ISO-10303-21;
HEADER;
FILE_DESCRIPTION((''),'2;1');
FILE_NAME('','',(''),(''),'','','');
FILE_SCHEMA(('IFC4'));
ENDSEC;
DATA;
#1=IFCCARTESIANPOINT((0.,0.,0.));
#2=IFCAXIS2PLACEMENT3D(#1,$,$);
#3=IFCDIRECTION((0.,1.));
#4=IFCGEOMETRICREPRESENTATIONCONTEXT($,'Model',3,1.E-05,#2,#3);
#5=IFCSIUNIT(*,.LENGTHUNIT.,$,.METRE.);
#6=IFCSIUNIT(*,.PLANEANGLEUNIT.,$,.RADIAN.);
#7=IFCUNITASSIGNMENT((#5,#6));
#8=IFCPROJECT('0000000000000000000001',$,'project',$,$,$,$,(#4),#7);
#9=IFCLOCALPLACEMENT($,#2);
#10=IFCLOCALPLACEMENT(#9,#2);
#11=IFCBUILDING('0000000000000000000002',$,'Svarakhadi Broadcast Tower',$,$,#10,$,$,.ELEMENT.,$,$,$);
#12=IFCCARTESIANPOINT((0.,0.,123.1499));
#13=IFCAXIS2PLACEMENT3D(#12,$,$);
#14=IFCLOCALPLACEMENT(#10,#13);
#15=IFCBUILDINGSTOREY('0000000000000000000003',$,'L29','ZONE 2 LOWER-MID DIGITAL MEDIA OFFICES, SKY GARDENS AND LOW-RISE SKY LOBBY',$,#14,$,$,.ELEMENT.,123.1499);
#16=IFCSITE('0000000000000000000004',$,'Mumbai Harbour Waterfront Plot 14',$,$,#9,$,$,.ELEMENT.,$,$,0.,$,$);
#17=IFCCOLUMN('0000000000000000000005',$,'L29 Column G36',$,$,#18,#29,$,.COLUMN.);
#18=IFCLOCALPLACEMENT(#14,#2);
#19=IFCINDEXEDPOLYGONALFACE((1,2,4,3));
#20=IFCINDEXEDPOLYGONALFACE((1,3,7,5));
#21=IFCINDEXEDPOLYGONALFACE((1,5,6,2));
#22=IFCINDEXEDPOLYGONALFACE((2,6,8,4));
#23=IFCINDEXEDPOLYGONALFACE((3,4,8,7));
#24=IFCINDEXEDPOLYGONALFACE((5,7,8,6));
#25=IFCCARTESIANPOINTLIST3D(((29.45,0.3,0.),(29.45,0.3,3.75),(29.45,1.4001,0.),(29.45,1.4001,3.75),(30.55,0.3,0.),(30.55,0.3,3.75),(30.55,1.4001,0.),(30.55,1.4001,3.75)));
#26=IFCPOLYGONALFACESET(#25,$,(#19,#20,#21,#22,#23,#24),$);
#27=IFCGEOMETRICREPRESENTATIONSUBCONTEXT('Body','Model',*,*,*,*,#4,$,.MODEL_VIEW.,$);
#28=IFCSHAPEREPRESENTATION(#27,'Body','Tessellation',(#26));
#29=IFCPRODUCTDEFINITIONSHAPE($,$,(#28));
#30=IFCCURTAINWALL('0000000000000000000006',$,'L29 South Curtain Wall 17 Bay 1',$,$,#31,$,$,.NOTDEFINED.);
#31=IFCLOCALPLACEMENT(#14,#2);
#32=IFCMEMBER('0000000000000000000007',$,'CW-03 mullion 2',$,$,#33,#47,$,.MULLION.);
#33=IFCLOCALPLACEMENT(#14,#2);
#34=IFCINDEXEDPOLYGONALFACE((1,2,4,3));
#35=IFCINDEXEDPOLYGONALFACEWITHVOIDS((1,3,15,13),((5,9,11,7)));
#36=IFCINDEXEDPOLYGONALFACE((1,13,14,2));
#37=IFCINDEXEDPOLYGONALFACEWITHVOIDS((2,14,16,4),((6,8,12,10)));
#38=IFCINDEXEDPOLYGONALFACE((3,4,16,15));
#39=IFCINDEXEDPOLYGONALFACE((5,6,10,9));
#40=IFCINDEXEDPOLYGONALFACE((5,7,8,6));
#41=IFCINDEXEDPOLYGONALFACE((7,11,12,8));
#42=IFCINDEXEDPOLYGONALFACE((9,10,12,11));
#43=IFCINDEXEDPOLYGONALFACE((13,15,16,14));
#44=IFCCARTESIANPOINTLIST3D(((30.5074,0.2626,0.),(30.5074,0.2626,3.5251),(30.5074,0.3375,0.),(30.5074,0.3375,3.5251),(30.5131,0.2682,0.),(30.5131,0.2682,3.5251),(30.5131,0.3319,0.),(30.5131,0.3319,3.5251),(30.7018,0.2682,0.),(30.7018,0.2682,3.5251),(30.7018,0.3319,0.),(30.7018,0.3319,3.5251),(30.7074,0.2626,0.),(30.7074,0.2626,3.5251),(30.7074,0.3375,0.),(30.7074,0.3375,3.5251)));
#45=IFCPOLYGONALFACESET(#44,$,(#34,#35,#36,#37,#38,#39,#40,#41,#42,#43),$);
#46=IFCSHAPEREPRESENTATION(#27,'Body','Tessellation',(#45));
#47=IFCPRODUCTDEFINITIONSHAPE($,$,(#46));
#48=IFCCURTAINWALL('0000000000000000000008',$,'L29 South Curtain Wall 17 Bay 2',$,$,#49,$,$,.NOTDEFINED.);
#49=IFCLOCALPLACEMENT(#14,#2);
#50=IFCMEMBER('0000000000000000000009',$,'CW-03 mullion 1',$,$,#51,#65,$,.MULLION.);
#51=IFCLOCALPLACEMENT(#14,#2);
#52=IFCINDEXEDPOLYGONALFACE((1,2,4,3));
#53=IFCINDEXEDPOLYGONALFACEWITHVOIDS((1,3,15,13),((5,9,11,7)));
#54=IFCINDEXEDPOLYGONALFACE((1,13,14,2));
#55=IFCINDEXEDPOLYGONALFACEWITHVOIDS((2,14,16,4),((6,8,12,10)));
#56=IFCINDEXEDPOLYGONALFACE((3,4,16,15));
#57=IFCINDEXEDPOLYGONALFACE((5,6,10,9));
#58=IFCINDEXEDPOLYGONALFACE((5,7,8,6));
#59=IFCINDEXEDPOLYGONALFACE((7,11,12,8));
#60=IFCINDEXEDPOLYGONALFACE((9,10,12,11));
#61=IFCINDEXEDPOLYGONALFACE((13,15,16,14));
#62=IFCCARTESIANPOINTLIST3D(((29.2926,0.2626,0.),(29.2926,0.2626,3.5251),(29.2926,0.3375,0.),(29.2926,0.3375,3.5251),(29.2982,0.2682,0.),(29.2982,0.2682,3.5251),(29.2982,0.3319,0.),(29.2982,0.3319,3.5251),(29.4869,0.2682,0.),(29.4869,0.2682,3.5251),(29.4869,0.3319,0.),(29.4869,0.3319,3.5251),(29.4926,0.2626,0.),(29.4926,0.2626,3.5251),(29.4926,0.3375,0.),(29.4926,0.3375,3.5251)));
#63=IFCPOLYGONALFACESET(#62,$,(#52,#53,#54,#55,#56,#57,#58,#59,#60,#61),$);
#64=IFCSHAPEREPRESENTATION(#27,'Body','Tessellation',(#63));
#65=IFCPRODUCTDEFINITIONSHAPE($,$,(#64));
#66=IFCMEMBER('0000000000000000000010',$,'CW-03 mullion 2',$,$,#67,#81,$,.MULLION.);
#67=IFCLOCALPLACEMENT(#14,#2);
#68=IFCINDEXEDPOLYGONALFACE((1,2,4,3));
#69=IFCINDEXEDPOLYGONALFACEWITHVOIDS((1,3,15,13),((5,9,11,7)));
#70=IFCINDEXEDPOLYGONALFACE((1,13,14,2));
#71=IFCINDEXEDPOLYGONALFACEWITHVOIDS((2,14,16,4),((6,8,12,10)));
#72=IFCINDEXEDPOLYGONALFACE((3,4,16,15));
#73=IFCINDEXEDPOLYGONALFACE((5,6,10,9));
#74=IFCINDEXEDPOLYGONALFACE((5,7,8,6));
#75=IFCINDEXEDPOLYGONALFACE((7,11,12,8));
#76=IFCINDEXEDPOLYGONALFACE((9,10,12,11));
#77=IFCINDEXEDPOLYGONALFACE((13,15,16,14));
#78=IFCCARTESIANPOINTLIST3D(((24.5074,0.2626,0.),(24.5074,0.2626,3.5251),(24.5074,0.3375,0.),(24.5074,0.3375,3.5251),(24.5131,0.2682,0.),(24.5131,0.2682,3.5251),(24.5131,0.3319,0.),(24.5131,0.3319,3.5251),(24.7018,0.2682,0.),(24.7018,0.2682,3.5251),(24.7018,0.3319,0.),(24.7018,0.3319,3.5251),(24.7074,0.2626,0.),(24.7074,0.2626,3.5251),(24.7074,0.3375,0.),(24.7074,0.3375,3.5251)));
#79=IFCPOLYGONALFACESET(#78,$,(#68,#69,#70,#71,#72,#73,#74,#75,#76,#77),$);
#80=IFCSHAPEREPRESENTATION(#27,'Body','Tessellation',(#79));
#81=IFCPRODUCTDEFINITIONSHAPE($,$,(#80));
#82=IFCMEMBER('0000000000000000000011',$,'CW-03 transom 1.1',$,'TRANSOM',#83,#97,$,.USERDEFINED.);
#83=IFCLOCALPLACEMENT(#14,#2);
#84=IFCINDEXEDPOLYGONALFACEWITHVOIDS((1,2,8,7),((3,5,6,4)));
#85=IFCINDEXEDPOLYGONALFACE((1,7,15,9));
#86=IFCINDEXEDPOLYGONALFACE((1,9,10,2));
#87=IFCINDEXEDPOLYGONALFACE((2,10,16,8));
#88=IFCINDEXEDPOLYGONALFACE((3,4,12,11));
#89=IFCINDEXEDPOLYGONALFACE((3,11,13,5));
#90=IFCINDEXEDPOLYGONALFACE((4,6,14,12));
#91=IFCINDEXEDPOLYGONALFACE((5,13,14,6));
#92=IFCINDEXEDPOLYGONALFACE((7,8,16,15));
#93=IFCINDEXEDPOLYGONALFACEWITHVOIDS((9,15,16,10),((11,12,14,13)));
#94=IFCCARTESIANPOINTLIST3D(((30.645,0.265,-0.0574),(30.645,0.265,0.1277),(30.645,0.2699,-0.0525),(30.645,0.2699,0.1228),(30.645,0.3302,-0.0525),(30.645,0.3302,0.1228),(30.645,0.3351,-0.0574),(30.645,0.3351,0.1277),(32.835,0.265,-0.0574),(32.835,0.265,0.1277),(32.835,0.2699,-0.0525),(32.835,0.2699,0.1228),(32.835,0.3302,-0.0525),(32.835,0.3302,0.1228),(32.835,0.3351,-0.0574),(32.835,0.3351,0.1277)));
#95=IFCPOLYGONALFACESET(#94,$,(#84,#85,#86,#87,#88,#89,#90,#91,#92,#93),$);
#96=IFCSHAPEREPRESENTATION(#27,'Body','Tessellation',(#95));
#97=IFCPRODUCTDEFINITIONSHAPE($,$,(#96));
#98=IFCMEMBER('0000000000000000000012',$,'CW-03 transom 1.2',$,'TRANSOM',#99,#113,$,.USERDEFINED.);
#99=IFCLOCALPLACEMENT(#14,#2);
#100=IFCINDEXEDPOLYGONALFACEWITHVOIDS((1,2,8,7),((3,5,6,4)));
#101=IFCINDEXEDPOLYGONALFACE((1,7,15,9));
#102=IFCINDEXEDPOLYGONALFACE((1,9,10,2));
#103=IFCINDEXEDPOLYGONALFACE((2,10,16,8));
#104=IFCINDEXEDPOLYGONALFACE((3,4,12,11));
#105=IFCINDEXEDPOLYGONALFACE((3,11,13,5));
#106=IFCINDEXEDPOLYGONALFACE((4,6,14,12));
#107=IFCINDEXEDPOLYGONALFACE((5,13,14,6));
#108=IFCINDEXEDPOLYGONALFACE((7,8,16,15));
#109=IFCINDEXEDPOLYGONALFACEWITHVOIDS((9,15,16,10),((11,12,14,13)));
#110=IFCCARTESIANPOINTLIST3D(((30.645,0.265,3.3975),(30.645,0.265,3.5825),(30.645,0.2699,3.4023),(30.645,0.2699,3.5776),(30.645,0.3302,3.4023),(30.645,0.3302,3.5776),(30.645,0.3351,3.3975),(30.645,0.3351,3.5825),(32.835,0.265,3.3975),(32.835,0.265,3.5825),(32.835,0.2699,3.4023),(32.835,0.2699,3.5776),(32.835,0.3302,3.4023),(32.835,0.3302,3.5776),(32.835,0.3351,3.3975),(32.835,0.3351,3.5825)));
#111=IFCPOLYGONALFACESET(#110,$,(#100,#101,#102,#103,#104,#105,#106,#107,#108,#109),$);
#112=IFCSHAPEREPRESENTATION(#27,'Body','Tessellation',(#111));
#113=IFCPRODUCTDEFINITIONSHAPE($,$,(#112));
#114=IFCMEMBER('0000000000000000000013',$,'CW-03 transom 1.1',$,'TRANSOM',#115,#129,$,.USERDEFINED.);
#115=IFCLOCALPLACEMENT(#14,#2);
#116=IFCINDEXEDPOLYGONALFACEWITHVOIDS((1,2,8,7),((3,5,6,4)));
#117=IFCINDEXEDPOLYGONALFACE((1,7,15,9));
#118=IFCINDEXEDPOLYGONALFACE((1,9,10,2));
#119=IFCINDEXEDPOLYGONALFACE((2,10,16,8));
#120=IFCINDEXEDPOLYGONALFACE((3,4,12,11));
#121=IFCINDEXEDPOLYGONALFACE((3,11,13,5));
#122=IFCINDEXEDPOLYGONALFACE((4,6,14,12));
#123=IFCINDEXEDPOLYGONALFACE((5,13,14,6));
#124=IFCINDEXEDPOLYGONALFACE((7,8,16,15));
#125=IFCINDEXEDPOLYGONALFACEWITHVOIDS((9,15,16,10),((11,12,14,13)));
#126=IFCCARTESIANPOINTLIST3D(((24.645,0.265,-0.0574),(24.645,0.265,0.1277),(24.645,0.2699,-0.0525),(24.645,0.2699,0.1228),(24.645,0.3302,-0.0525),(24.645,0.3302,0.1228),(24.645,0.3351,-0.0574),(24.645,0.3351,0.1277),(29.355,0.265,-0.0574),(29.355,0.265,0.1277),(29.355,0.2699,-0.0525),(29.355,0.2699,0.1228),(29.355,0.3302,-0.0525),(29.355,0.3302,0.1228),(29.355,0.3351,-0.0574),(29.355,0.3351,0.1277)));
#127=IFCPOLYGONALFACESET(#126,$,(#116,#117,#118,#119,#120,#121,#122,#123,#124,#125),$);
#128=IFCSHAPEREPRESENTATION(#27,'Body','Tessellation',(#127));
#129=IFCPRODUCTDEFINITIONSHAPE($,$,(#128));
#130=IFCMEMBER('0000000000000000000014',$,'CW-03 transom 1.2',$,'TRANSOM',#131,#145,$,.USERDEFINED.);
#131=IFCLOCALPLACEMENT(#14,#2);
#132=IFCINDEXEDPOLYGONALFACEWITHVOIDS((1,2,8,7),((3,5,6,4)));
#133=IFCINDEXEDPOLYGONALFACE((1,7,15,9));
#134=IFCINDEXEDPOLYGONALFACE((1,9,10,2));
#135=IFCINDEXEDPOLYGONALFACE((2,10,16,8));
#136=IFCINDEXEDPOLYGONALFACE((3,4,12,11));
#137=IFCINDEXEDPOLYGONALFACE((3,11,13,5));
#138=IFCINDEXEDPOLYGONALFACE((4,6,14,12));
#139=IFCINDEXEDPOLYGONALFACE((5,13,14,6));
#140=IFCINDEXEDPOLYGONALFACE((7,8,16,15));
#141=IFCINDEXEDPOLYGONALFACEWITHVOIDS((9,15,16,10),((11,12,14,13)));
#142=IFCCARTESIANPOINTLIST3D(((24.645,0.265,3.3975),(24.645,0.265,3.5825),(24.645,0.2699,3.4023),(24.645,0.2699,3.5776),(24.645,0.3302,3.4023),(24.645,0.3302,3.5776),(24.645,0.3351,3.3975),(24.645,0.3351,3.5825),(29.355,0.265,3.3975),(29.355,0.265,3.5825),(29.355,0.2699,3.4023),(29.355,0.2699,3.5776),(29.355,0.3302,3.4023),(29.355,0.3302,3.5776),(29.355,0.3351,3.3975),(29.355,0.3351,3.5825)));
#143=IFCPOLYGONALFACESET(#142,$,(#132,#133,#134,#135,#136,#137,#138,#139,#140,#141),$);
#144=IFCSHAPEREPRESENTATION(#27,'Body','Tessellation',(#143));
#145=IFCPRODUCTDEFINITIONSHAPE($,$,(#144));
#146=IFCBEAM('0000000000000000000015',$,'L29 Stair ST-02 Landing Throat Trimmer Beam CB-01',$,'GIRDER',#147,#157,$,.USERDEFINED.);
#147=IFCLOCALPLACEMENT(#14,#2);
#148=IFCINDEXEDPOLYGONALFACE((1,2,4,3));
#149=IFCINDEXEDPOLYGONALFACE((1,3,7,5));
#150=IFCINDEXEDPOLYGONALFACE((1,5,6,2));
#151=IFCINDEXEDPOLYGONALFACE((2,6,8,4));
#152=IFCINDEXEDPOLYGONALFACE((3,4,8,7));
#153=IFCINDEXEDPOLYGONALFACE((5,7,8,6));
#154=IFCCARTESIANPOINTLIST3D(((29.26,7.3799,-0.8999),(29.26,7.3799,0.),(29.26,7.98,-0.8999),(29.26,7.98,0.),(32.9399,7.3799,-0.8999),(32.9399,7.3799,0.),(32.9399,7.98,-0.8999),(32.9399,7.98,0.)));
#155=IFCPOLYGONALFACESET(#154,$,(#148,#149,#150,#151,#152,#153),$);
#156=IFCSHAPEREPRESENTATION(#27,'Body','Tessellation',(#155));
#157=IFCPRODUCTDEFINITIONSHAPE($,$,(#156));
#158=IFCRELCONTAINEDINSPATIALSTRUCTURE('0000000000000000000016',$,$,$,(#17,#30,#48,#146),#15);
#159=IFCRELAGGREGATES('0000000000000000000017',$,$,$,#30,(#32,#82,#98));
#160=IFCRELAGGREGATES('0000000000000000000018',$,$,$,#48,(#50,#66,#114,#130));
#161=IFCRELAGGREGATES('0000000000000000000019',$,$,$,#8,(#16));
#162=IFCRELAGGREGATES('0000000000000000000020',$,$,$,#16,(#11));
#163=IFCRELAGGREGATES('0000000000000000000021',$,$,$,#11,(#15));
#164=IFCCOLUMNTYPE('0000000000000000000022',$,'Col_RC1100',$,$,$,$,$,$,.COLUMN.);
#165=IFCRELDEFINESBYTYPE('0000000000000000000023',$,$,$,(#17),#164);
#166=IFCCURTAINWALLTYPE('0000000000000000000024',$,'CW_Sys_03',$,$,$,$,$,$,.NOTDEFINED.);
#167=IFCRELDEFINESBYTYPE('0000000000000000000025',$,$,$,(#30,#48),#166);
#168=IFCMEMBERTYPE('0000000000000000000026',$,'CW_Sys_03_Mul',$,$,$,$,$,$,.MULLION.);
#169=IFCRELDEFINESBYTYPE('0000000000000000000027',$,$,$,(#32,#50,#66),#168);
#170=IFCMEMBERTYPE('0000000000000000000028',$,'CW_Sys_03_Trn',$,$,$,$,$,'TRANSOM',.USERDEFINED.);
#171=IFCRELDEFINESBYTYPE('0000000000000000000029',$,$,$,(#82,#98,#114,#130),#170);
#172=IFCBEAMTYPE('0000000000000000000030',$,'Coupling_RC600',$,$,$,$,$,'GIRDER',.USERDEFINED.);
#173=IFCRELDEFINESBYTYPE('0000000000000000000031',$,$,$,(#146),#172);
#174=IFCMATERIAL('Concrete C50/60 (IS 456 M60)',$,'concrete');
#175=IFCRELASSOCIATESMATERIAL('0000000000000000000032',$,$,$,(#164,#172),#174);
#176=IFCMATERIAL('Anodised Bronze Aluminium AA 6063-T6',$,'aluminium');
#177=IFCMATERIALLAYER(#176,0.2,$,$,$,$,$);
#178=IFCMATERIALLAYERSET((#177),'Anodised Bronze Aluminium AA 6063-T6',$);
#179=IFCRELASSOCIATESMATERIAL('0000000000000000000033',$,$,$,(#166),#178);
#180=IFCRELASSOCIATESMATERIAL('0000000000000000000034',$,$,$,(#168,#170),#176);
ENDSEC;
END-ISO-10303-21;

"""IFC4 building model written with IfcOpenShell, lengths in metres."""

from ifc_helpers import new_model, si_unit, direction, frame, origin, origin_2d, place, context, subcontext, project, spatial, rectangle, hollow_rectangle, extrude, material, layer, layer_set, material_profile, profile_set, type_object, element, aggregate, save


model = new_model("IFC4")

# Units and contexts
model_context = context("Model", 3, precision=1e-05, world=origin(), true_north=direction((0.0, 1.0)))
body_context = subcontext(model_context, "Body", "Model", "MODEL_VIEW")
ifc_project = project(units=[si_unit("LENGTHUNIT", "METRE"), si_unit("PLANEANGLEUNIT", "RADIAN")], contexts=[model_context])

# Site, building, storey
site_placement = place(None, origin())
site = spatial("IfcSite", under=ifc_project, at=site_placement, Name="Mumbai Harbour Waterfront Plot 14", CompositionType="ELEMENT", RefElevation=0.0)
building_placement = place(site_placement, origin())
building = spatial("IfcBuilding", under=site, at=building_placement, Name="Svarakhadi Broadcast Tower", CompositionType="ELEMENT")
storey_placement = place(building_placement, frame((0.0, 0.0, 123.1499)))
storey = spatial("IfcBuildingStorey", under=building, at=storey_placement, Name="L29", Description="ZONE 2 LOWER-MID DIGITAL MEDIA OFFICES, SKY GARDENS AND LOW-RISE SKY LOBBY", CompositionType="ELEMENT", Elevation=123.1499)

# Column
ifc_material_1 = material(Name="Concrete C50/60 (IS 456 M60)", Category="concrete")
ifc_material_profile_1 = material_profile(ifc_material_1, rectangle(XDim=1.1001, YDim=1.1001, at=origin_2d()), Name="RC 1100x1100")
ifc_profile_set_1 = profile_set([ifc_material_profile_1], Name="Concrete C50/60 (IS 456 M60)")
column_type = type_object("IfcColumnType", Name="Col_RC1100", PredefinedType="COLUMN", material=ifc_profile_set_1)
column_placement = place(storey_placement, frame((30.0, 0.8501, 0.0), z_axis=(0.0, 0.0, 1.0), x_axis=(1.0, 0.0, 0.0)))
element("IfcColumn", 1, at=column_placement, inside=storey, type_object=column_type, Name="L29 Column G36", PredefinedType="COLUMN", context=body_context, shape_type="SweptSolid", body=[
    extrude(rectangle(XDim=1.1001, YDim=1.1001, at=origin_2d()), origin(), (0.0, 0.0, 1.0), 3.75),
])

# Curtain wall, member
ifc_material_2 = material(Name="Anodised Bronze Aluminium AA 6063-T6", Category="aluminium")
ifc_layer_1 = layer(ifc_material_2, 0.2)
ifc_layer_set_1 = layer_set([ifc_layer_1], Name="Anodised Bronze Aluminium AA 6063-T6")
curtain_wall_type = type_object("IfcCurtainWallType", Name="CW_Sys_03", PredefinedType="NOTDEFINED", material=ifc_layer_set_1)
curtain_wall_1_placement = place(storey_placement, origin())
curtain_wall_1 = element("IfcCurtainWall", 2, at=curtain_wall_1_placement, inside=storey, type_object=curtain_wall_type, Name="L29 South Curtain Wall 17 Bay 1", PredefinedType="NOTDEFINED")
ifc_material_profile_2 = material_profile(ifc_material_2, hollow_rectangle(XDim=0.075, YDim=0.2, WallThickness=0.0056, at=origin_2d()), Name="ALU MULLION 200x75x6")
ifc_profile_set_2 = profile_set([ifc_material_profile_2], Name="Anodised Bronze Aluminium AA 6063-T6")
member_type_1 = type_object("IfcMemberType", Name="CW_Sys_03_Mul", PredefinedType="MULLION", material=ifc_profile_set_2)
member_1_placement = place(storey_placement, frame((30.6074, 0.3, 0.0), z_axis=(0.0, 0.0, 1.0), x_axis=(0.0, -1.0, 0.0)))
member_1 = element("IfcMember", 3, at=member_1_placement, type_object=member_type_1, Name="CW-03 mullion 2", PredefinedType="MULLION", context=body_context, shape_type="SweptSolid", body=[
    extrude(hollow_rectangle(XDim=0.075, YDim=0.2, WallThickness=0.0056, at=origin_2d()), origin(), (0.0, 0.0, 1.0), 3.5251),
])

# Curtain wall, members
curtain_wall_2_placement = place(storey_placement, origin())
curtain_wall_2 = element("IfcCurtainWall", 4, at=curtain_wall_2_placement, inside=storey, type_object=curtain_wall_type, Name="L29 South Curtain Wall 17 Bay 2", PredefinedType="NOTDEFINED")
member_2_placement = place(storey_placement, frame((29.3926, 0.3, 0.0), z_axis=(0.0, 0.0, 1.0), x_axis=(0.0, -1.0, 0.0)))
member_2 = element("IfcMember", 5, at=member_2_placement, type_object=member_type_1, Name="CW-03 mullion 1", PredefinedType="MULLION", context=body_context, shape_type="SweptSolid", body=[
    extrude(hollow_rectangle(XDim=0.075, YDim=0.2, WallThickness=0.0056, at=origin_2d()), origin(), (0.0, 0.0, 1.0), 3.5251),
])
member_3_placement = place(storey_placement, frame((24.6074, 0.3, 0.0), z_axis=(0.0, 0.0, 1.0), x_axis=(0.0, -1.0, 0.0)))
member_3 = element("IfcMember", 6, at=member_3_placement, type_object=member_type_1, Name="CW-03 mullion 2", PredefinedType="MULLION", context=body_context, shape_type="SweptSolid", body=[
    extrude(hollow_rectangle(XDim=0.075, YDim=0.2, WallThickness=0.0056, at=origin_2d()), origin(), (0.0, 0.0, 1.0), 3.5251),
])

# Members
ifc_material_profile_3 = material_profile(ifc_material_2, hollow_rectangle(XDim=0.0701, YDim=0.1851, WallThickness=0.0049, at=origin_2d()), Name="ALU TRANSOM 185x70x5")
ifc_profile_set_3 = profile_set([ifc_material_profile_3], Name="Anodised Bronze Aluminium AA 6063-T6")
member_type_2 = type_object("IfcMemberType", Name="CW_Sys_03_Trn", ElementType="TRANSOM", PredefinedType="USERDEFINED", material=ifc_profile_set_3)
member_4_placement = place(storey_placement, frame((32.835, 0.3, 0.0352), z_axis=(-1.0, 0.0, 0.0), x_axis=(0.0, -1.0, 0.0)))
member_4 = element("IfcMember", 7, at=member_4_placement, type_object=member_type_2, Name="CW-03 transom 1.1", ObjectType="TRANSOM", PredefinedType="USERDEFINED", context=body_context, shape_type="SweptSolid", body=[
    extrude(hollow_rectangle(XDim=0.0701, YDim=0.1851, WallThickness=0.0049, at=origin_2d()), origin(), (0.0, 0.0, 1.0), 2.1899),
])
member_5_placement = place(storey_placement, frame((32.835, 0.3, 3.49), z_axis=(-1.0, 0.0, 0.0), x_axis=(0.0, -1.0, 0.0)))
member_5 = element("IfcMember", 8, at=member_5_placement, type_object=member_type_2, Name="CW-03 transom 1.2", ObjectType="TRANSOM", PredefinedType="USERDEFINED", context=body_context, shape_type="SweptSolid", body=[
    extrude(hollow_rectangle(XDim=0.0701, YDim=0.1851, WallThickness=0.0049, at=origin_2d()), origin(), (0.0, 0.0, 1.0), 2.1899),
])
member_6_placement = place(storey_placement, frame((29.355, 0.3, 0.0352), z_axis=(-1.0, 0.0, 0.0), x_axis=(0.0, -1.0, 0.0)))
member_6 = element("IfcMember", 9, at=member_6_placement, type_object=member_type_2, Name="CW-03 transom 1.1", ObjectType="TRANSOM", PredefinedType="USERDEFINED", context=body_context, shape_type="SweptSolid", body=[
    extrude(hollow_rectangle(XDim=0.0701, YDim=0.1851, WallThickness=0.0049, at=origin_2d()), origin(), (0.0, 0.0, 1.0), 4.71),
])
member_7_placement = place(storey_placement, frame((29.355, 0.3, 3.49), z_axis=(-1.0, 0.0, 0.0), x_axis=(0.0, -1.0, 0.0)))
member_7 = element("IfcMember", 10, at=member_7_placement, type_object=member_type_2, Name="CW-03 transom 1.2", ObjectType="TRANSOM", PredefinedType="USERDEFINED", context=body_context, shape_type="SweptSolid", body=[
    extrude(hollow_rectangle(XDim=0.0701, YDim=0.1851, WallThickness=0.0049, at=origin_2d()), origin(), (0.0, 0.0, 1.0), 4.71),
])

# Beam
ifc_material_profile_4 = material_profile(ifc_material_1, rectangle(XDim=0.6001, YDim=0.8999, at=origin_2d()), Name="RC 600x900")
ifc_profile_set_4 = profile_set([ifc_material_profile_4], Name="Concrete C50/60 (IS 456 M60)")
beam_type_1 = type_object("IfcBeamType", Name="Coupling_RC600", ElementType="GIRDER", PredefinedType="USERDEFINED", material=ifc_profile_set_4)
beam_1_placement = place(storey_placement, frame((29.26, 7.6799, -0.45), z_axis=(1.0, 0.0, 0.0), x_axis=(0.0, 1.0, 0.0)))
element("IfcBeam", 11, at=beam_1_placement, inside=storey, type_object=beam_type_1, Name="L29 Stair ST-02 Landing Throat Trimmer Beam CB-01", ObjectType="GIRDER", PredefinedType="USERDEFINED", context=body_context, shape_type="SweptSolid", body=[
    extrude(rectangle(XDim=0.6001, YDim=0.8999, at=origin_2d()), origin(), (0.0, 0.0, 1.0), 3.6799),
])

aggregate(curtain_wall_1, [member_1, member_4, member_5])
aggregate(curtain_wall_2, [member_2, member_3, member_6, member_7])

save(model, "model.ifc")
